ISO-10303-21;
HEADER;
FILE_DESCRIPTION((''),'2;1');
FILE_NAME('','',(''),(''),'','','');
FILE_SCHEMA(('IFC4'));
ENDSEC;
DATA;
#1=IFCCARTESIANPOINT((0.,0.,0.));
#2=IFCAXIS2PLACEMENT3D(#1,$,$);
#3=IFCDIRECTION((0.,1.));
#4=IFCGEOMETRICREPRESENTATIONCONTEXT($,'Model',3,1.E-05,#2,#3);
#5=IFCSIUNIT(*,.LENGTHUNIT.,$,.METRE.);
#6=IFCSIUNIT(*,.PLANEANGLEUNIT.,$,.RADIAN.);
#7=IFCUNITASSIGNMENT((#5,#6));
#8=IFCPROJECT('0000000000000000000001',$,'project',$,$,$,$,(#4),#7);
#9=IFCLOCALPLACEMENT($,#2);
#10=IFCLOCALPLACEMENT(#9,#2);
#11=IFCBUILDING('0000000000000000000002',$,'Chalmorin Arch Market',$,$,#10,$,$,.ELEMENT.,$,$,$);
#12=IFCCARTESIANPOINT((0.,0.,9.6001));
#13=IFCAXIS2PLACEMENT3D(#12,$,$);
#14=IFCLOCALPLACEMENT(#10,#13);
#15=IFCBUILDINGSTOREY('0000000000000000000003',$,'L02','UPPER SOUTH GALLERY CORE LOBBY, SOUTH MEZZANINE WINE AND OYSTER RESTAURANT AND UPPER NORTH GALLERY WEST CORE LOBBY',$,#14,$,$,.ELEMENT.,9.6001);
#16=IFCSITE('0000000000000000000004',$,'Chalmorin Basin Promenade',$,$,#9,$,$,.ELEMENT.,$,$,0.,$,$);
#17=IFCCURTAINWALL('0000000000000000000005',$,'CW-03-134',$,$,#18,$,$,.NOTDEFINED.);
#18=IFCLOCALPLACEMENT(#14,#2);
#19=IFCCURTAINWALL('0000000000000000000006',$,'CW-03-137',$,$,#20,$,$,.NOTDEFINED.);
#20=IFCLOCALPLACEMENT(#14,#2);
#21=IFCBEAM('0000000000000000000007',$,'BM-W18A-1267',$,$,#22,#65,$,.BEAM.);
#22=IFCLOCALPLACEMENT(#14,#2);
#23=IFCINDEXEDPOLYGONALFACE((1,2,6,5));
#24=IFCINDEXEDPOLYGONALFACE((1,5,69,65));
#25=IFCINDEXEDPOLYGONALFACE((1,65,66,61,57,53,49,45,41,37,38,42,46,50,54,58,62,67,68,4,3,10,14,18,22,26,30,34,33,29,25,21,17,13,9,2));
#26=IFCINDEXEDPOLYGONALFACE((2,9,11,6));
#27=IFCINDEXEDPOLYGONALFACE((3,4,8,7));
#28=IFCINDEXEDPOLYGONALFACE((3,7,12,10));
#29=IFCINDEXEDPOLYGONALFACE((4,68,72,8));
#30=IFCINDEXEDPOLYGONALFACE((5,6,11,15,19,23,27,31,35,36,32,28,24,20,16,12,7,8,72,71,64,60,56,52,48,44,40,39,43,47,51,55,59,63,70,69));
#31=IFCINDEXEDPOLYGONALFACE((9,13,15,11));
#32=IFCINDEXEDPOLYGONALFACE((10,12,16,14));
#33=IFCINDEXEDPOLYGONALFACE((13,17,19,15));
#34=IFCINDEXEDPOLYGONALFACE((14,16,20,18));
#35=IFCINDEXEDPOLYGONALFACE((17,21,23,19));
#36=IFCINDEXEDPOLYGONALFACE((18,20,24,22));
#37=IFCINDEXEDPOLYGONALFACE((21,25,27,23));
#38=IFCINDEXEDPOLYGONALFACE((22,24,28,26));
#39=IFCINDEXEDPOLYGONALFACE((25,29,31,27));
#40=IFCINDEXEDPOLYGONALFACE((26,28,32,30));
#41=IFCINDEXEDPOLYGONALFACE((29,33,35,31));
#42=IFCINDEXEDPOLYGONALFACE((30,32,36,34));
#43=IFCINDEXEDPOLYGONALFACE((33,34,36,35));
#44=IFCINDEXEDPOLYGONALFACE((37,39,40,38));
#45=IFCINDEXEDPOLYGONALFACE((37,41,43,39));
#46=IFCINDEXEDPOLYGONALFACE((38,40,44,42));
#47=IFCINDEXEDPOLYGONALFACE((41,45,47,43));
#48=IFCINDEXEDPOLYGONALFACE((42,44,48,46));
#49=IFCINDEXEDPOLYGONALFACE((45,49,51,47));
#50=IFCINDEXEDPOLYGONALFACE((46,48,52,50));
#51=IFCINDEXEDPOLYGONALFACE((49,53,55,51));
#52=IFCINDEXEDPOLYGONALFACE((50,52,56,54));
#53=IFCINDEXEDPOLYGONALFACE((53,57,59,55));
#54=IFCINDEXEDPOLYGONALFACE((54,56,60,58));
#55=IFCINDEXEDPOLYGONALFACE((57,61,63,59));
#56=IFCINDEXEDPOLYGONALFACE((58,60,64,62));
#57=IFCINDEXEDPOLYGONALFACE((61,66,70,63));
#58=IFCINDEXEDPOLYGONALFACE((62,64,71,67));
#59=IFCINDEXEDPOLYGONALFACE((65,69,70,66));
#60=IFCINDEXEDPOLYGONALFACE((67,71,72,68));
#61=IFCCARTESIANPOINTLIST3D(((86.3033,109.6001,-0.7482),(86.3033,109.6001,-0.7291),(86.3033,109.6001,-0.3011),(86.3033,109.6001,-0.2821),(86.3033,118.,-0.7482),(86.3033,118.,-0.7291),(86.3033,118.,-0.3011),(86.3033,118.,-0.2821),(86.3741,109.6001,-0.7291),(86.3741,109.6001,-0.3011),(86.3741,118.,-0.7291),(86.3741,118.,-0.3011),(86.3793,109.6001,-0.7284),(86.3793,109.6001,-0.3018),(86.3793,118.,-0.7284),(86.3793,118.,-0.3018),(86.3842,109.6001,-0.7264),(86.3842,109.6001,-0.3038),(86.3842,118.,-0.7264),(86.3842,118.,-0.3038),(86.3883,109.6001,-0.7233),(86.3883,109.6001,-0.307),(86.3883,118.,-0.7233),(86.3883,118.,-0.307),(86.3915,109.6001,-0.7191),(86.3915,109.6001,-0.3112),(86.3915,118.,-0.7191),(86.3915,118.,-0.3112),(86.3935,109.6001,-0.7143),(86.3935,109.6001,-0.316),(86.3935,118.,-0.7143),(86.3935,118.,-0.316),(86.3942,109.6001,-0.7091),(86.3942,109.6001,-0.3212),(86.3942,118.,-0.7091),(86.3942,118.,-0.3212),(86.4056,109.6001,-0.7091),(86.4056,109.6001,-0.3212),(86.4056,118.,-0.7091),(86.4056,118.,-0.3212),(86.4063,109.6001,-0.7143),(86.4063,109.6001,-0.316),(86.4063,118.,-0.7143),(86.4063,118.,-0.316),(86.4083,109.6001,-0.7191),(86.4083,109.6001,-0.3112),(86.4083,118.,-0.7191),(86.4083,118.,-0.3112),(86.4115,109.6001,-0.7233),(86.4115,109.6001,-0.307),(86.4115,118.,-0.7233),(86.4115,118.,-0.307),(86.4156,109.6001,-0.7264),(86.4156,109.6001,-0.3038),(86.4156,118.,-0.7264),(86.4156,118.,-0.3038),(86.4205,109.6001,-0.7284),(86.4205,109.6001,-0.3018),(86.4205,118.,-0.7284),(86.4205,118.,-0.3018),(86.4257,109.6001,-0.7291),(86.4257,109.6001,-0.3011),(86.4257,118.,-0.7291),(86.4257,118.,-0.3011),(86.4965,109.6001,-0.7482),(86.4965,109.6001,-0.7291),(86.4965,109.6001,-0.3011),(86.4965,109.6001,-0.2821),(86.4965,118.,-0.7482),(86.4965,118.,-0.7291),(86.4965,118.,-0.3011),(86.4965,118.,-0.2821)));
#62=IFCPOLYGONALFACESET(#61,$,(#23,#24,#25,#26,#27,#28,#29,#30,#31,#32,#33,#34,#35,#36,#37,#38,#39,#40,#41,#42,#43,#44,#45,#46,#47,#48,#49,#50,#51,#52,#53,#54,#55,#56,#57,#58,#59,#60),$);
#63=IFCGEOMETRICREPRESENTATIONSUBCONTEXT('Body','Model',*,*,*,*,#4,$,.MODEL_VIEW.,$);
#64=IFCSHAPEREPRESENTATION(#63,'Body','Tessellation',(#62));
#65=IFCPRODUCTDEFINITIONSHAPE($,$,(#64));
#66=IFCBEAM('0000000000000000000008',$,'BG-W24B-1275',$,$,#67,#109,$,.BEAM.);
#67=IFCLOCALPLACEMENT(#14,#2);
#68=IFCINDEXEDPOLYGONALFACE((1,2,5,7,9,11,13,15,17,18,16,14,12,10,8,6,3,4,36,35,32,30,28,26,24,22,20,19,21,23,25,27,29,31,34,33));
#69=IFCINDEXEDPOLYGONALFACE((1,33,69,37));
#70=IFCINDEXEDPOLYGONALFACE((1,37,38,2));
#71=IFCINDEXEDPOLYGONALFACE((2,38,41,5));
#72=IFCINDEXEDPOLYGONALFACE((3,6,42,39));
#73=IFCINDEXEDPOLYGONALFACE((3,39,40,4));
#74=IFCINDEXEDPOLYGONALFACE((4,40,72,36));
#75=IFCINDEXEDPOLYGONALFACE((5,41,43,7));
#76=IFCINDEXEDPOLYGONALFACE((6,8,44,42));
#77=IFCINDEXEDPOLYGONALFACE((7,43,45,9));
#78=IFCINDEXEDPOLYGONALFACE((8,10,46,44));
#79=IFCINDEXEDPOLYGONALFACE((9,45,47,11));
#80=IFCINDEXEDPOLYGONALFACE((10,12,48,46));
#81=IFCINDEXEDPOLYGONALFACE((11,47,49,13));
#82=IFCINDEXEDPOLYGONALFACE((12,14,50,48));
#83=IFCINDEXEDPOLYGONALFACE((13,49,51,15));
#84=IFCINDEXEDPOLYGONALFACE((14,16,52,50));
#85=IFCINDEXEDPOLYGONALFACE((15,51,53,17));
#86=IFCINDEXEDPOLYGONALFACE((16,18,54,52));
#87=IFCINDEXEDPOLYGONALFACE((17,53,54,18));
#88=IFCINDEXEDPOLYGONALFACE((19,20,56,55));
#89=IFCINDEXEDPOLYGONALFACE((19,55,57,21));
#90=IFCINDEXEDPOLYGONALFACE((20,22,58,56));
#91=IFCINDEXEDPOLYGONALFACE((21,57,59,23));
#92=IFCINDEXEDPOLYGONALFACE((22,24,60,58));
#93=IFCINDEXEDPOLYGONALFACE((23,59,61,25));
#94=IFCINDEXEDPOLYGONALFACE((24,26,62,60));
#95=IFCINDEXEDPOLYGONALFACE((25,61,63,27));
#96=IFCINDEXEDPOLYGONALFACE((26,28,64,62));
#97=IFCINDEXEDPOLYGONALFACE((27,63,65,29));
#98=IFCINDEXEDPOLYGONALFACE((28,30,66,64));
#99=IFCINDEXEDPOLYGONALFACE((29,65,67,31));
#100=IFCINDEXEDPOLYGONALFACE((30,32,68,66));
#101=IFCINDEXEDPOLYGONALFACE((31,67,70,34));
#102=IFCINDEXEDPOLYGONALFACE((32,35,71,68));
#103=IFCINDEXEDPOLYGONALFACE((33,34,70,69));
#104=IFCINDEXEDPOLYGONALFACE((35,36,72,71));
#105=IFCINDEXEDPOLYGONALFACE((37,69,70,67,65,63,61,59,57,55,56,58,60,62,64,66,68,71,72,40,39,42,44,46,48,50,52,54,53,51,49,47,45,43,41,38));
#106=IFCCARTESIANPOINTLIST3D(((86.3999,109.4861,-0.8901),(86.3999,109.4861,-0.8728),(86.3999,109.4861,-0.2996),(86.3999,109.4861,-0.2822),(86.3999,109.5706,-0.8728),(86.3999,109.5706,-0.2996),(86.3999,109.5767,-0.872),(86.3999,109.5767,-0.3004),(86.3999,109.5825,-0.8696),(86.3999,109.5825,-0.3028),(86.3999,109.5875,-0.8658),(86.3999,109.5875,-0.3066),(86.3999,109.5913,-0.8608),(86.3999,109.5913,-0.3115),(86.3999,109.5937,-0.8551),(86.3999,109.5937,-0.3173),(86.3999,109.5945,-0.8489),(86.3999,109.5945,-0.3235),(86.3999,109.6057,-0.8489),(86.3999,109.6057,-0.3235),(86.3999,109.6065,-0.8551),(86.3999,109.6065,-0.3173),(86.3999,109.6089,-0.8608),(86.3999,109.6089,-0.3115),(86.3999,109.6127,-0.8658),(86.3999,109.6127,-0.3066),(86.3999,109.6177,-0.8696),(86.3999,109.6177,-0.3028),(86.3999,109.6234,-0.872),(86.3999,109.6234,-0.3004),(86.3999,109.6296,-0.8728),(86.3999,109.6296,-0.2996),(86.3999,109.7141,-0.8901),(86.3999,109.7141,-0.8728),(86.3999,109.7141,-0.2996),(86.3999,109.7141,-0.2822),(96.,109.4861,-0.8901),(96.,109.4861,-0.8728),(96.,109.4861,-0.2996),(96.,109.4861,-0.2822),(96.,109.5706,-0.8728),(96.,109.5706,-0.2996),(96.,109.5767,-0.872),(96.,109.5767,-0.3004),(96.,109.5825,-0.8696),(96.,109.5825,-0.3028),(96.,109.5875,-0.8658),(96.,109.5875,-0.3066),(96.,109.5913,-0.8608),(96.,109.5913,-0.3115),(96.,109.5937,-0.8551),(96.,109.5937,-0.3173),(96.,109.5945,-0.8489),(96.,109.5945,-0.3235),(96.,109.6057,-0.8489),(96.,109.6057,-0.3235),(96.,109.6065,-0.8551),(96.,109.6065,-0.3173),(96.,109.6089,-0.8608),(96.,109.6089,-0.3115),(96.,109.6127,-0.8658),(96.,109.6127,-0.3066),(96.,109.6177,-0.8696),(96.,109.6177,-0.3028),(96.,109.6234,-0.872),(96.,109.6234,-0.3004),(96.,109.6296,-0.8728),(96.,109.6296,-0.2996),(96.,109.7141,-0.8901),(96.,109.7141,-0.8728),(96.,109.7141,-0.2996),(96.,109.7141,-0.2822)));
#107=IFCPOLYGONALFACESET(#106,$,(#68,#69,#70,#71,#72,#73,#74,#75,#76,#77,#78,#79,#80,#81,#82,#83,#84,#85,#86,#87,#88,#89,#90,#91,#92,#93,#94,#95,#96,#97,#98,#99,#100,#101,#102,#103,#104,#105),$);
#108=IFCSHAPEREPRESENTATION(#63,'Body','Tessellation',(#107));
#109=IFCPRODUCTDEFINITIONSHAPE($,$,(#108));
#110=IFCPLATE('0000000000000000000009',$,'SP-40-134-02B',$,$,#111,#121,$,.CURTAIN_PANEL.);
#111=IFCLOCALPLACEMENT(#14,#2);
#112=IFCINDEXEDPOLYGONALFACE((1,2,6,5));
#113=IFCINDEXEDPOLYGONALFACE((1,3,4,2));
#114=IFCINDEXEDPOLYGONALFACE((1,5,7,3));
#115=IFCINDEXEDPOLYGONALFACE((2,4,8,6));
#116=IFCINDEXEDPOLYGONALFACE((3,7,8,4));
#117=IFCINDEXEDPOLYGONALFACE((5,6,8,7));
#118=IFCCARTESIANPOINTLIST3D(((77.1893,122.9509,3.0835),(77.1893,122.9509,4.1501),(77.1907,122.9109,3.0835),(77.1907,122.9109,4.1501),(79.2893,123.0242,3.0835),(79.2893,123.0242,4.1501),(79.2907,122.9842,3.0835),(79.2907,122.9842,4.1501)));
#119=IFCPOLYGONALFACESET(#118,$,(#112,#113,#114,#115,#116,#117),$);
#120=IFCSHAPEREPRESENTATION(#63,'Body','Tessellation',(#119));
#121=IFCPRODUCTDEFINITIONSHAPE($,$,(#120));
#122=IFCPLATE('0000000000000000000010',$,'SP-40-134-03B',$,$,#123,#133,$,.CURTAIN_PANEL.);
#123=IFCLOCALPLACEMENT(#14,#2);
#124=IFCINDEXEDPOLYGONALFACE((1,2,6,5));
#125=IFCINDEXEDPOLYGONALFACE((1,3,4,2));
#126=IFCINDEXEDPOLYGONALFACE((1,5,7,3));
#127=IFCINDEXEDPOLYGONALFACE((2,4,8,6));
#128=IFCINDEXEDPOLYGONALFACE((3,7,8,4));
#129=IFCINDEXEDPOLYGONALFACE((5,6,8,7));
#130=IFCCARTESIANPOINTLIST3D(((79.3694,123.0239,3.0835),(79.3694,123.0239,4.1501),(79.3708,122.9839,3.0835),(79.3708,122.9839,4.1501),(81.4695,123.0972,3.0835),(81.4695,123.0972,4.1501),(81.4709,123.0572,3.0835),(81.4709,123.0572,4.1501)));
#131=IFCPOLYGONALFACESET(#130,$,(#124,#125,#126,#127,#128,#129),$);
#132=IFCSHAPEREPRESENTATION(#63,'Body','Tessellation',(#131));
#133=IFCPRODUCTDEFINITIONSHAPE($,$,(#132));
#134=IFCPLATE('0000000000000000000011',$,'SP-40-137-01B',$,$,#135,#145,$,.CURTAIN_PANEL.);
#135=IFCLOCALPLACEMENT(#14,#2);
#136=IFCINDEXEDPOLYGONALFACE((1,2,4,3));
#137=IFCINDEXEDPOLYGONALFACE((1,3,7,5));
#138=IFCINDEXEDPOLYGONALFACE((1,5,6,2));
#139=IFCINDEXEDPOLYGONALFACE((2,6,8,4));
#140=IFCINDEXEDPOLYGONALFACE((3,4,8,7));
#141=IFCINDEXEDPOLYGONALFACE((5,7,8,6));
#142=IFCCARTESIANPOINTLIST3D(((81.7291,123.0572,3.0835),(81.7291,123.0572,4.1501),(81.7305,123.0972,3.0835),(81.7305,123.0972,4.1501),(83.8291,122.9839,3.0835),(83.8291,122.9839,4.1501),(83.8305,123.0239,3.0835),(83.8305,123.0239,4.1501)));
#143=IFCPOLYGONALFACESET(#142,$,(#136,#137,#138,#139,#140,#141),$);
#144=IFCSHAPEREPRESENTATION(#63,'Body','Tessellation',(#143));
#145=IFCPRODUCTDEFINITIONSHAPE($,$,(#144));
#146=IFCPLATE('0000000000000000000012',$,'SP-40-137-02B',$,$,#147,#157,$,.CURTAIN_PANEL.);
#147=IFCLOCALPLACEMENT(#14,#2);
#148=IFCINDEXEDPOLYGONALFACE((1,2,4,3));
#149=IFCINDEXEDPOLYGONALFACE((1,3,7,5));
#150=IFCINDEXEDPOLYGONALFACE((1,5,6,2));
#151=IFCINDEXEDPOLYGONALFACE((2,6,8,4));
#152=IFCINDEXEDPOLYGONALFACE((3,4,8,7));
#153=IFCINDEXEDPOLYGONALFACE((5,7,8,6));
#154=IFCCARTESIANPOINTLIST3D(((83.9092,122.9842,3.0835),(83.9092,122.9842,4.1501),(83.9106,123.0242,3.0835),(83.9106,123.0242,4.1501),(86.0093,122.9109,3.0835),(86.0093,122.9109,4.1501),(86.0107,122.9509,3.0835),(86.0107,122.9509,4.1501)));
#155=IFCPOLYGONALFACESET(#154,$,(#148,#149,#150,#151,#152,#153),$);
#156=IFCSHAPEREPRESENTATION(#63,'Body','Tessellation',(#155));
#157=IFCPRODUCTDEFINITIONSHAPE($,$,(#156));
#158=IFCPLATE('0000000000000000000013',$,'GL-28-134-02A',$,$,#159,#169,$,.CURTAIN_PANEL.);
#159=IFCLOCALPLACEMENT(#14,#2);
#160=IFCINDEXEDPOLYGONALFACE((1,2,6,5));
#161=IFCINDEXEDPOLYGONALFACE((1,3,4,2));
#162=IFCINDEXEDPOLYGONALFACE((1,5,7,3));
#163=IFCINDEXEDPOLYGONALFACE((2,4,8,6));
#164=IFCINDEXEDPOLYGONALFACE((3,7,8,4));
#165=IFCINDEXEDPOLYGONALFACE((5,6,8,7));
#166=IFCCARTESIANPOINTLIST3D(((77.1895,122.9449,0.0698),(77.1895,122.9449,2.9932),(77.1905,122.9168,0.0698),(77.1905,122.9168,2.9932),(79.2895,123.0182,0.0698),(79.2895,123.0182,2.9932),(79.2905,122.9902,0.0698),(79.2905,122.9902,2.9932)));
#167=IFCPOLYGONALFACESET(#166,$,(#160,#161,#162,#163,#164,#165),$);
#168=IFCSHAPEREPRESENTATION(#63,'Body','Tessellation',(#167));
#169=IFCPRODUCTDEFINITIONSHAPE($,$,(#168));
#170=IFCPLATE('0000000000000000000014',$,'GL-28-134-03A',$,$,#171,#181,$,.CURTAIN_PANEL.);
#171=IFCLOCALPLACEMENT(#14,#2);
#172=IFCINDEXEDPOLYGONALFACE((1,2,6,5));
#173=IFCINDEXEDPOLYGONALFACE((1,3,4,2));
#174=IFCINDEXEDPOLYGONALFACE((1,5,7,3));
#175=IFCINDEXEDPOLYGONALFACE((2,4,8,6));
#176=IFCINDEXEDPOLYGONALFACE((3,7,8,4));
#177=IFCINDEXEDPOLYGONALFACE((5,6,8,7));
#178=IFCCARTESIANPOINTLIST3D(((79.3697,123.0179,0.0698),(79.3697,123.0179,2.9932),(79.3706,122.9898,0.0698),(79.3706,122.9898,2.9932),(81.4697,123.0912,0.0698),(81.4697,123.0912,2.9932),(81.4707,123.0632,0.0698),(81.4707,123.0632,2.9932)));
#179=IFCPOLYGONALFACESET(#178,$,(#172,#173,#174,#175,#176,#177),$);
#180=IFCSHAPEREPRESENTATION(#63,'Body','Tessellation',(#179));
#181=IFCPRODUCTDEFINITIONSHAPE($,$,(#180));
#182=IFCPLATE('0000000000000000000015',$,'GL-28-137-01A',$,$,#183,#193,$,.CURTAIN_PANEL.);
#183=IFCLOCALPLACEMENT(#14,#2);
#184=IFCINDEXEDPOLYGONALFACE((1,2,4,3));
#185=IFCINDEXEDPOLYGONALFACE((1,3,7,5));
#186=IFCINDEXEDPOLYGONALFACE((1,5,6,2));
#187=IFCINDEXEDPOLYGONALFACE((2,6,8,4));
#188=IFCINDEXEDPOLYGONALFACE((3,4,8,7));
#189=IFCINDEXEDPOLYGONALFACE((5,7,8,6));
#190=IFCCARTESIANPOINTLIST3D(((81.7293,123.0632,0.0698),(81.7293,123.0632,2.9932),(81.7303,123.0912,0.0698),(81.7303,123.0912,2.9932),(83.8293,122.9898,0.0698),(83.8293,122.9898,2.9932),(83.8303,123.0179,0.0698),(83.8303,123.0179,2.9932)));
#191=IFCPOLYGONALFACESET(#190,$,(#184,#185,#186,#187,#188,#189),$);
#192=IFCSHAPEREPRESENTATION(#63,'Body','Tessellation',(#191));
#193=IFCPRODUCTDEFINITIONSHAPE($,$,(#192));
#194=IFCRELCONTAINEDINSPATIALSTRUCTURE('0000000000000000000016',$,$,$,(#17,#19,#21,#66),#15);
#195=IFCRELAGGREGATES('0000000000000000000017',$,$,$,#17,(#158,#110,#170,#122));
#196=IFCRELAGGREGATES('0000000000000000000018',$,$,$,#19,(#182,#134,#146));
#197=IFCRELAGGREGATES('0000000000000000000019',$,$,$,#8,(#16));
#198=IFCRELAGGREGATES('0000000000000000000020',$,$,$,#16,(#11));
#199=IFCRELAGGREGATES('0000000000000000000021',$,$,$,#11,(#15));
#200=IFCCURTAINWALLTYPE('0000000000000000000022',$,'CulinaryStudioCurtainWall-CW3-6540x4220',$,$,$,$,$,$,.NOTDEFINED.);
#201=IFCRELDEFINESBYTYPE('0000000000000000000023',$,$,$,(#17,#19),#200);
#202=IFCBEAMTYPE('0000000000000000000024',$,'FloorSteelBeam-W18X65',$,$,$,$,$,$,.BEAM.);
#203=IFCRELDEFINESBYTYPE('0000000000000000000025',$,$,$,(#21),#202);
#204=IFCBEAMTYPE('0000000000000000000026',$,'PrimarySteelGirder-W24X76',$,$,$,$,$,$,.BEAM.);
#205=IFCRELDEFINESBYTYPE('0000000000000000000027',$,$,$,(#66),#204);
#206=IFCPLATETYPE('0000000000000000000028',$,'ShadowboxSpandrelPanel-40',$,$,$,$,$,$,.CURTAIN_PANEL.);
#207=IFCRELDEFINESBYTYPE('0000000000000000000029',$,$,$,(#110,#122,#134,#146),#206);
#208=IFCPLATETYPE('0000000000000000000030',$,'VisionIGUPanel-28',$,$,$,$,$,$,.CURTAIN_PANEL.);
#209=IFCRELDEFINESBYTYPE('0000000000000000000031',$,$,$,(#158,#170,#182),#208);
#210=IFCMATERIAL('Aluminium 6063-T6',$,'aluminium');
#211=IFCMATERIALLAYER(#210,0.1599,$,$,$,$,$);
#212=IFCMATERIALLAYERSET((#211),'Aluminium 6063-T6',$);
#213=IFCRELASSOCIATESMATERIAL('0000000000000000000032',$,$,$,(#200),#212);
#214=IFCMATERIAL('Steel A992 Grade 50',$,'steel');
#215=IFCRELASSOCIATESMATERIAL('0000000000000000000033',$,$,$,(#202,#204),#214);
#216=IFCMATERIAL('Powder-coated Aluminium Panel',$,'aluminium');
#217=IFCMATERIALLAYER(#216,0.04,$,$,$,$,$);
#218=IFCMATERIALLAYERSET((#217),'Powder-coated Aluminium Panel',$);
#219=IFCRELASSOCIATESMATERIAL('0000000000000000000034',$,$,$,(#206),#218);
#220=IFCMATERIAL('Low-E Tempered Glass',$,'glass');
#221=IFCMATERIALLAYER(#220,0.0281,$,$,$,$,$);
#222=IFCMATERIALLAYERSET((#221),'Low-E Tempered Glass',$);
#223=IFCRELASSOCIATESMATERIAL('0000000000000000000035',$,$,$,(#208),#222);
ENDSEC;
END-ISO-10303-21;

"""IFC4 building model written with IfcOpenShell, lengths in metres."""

from ifc_helpers import new_model, si_unit, direction, frame, origin, origin_2d, place, context, subcontext, project, spatial, rectangle, i_section, extrude, material, layer, layer_set, material_profile, profile_set, type_object, element, aggregate, save


model = new_model("IFC4")

# Units and contexts
model_context = context("Model", 3, precision=1e-05, world=origin(), true_north=direction((0.0, 1.0)))
body_context = subcontext(model_context, "Body", "Model", "MODEL_VIEW")
ifc_project = project(units=[si_unit("LENGTHUNIT", "METRE"), si_unit("PLANEANGLEUNIT", "RADIAN")], contexts=[model_context])

# Site, building, storey
site_placement = place(None, origin())
site = spatial("IfcSite", under=ifc_project, at=site_placement, Name="Chalmorin Basin Promenade", CompositionType="ELEMENT", RefElevation=0.0)
building_placement = place(site_placement, origin())
building = spatial("IfcBuilding", under=site, at=building_placement, Name="Chalmorin Arch Market", CompositionType="ELEMENT")
storey_placement = place(building_placement, frame((0.0, 0.0, 9.6001)))
storey = spatial("IfcBuildingStorey", under=building, at=storey_placement, Name="L02", Description="UPPER SOUTH GALLERY CORE LOBBY, SOUTH MEZZANINE WINE AND OYSTER RESTAURANT AND UPPER NORTH GALLERY WEST CORE LOBBY", CompositionType="ELEMENT", Elevation=9.6001)

# Curtain walls
ifc_material_1 = material(Name="Aluminium 6063-T6", Category="aluminium")
ifc_layer_1 = layer(ifc_material_1, 0.1599)
ifc_layer_set_1 = layer_set([ifc_layer_1], Name="Aluminium 6063-T6")
curtain_wall_type = type_object("IfcCurtainWallType", Name="CulinaryStudioCurtainWall-CW3-6540x4220", PredefinedType="NOTDEFINED", material=ifc_layer_set_1)
curtain_wall_1_placement = place(storey_placement, origin())
curtain_wall_1 = element("IfcCurtainWall", 1, at=curtain_wall_1_placement, inside=storey, type_object=curtain_wall_type, Name="CW-03-134", PredefinedType="NOTDEFINED")
curtain_wall_2_placement = place(storey_placement, origin())
curtain_wall_2 = element("IfcCurtainWall", 2, at=curtain_wall_2_placement, inside=storey, type_object=curtain_wall_type, Name="CW-03-137", PredefinedType="NOTDEFINED")

# Beams
ifc_material_2 = material(Name="Steel A992 Grade 50", Category="steel")
ifc_material_profile_1 = material_profile(ifc_material_2, i_section(OverallWidth=0.1931, OverallDepth=0.4661, WebThickness=0.0115, FlangeThickness=0.019, FilletRadius=0.02, at=origin_2d()), Name="W18X65")
ifc_profile_set_1 = profile_set([ifc_material_profile_1], Name="Steel A992 Grade 50")
beam_type_1 = type_object("IfcBeamType", Name="FloorSteelBeam-W18X65", PredefinedType="BEAM", material=ifc_profile_set_1)
beam_1_placement = place(storey_placement, frame((86.3999, 109.6001, -0.5151), z_axis=(0.0, 1.0, 0.0), x_axis=(-1.0, 0.0, 0.0)))
element("IfcBeam", 3, at=beam_1_placement, inside=storey, type_object=beam_type_1, Name="BM-W18A-1267", PredefinedType="BEAM", context=body_context, shape_type="SweptSolid", body=[
    extrude(i_section(OverallWidth=0.1931, OverallDepth=0.4661, WebThickness=0.0115, FlangeThickness=0.019, FilletRadius=0.02, at=origin_2d()), origin(), (0.0, 0.0, 1.0), 8.3999),
])
ifc_material_profile_2 = material_profile(ifc_material_2, i_section(OverallWidth=0.228, OverallDepth=0.6079, WebThickness=0.0112, FlangeThickness=0.0173, FilletRadius=0.0239, at=origin_2d()), Name="W24X76")
ifc_profile_set_2 = profile_set([ifc_material_profile_2], Name="Steel A992 Grade 50")
beam_type_2 = type_object("IfcBeamType", Name="PrimarySteelGirder-W24X76", PredefinedType="BEAM", material=ifc_profile_set_2)
beam_2_placement = place(storey_placement, frame((86.3999, 109.6001, -0.5862), z_axis=(1.0, 0.0, 0.0), x_axis=(0.0, 1.0, 0.0)))
element("IfcBeam", 4, at=beam_2_placement, inside=storey, type_object=beam_type_2, Name="BG-W24B-1275", PredefinedType="BEAM", context=body_context, shape_type="SweptSolid", body=[
    extrude(i_section(OverallWidth=0.228, OverallDepth=0.6079, WebThickness=0.0112, FlangeThickness=0.0173, FilletRadius=0.0239, at=origin_2d()), origin(), (0.0, 0.0, 1.0), 9.6001),
])

# Plates
ifc_material_3 = material(Name="Powder-coated Aluminium Panel", Category="aluminium")
ifc_layer_2 = layer(ifc_material_3, 0.04)
ifc_layer_set_2 = layer_set([ifc_layer_2], Name="Powder-coated Aluminium Panel")
plate_type_1 = type_object("IfcPlateType", Name="ShadowboxSpandrelPanel-40", PredefinedType="CURTAIN_PANEL", material=ifc_layer_set_2)
plate_1_placement = place(storey_placement, frame((78.24, 122.9675, 3.0835), z_axis=(0.0, 0.0, 1.0), x_axis=(0.999391, 0.034899, 0.0)))
plate_1 = element("IfcPlate", 5, at=plate_1_placement, type_object=plate_type_1, Name="SP-40-134-02B", PredefinedType="CURTAIN_PANEL", context=body_context, shape_type="SweptSolid", body=[
    extrude(rectangle(XDim=2.1013, YDim=0.04, at=origin_2d()), origin(), (0.0, 0.0, 1.0), 1.0667),
])
plate_2_placement = place(storey_placement, frame((80.4202, 123.0405, 3.0835), z_axis=(0.0, 0.0, 1.0), x_axis=(0.999391, 0.034899, 0.0)))
plate_2 = element("IfcPlate", 6, at=plate_2_placement, type_object=plate_type_1, Name="SP-40-134-03B", PredefinedType="CURTAIN_PANEL", context=body_context, shape_type="SweptSolid", body=[
    extrude(rectangle(XDim=2.1013, YDim=0.04, at=origin_2d()), origin(), (0.0, 0.0, 1.0), 1.0667),
])
plate_3_placement = place(storey_placement, frame((82.7798, 123.0405, 3.0835), z_axis=(0.0, 0.0, 1.0), x_axis=(0.999391, -0.034899, 0.0)))
plate_3 = element("IfcPlate", 7, at=plate_3_placement, type_object=plate_type_1, Name="SP-40-137-01B", PredefinedType="CURTAIN_PANEL", context=body_context, shape_type="SweptSolid", body=[
    extrude(rectangle(XDim=2.1013, YDim=0.04, at=origin_2d()), origin(), (0.0, 0.0, 1.0), 1.0667),
])
plate_4_placement = place(storey_placement, frame((84.96, 122.9675, 3.0835), z_axis=(0.0, 0.0, 1.0), x_axis=(0.999391, -0.034899, 0.0)))
plate_4 = element("IfcPlate", 8, at=plate_4_placement, type_object=plate_type_1, Name="SP-40-137-02B", PredefinedType="CURTAIN_PANEL", context=body_context, shape_type="SweptSolid", body=[
    extrude(rectangle(XDim=2.1013, YDim=0.04, at=origin_2d()), origin(), (0.0, 0.0, 1.0), 1.0667),
])
ifc_material_4 = material(Name="Low-E Tempered Glass", Category="glass")
ifc_layer_3 = layer(ifc_material_4, 0.0281)
ifc_layer_set_3 = layer_set([ifc_layer_3], Name="Low-E Tempered Glass")
plate_type_2 = type_object("IfcPlateType", Name="VisionIGUPanel-28", PredefinedType="CURTAIN_PANEL", material=ifc_layer_set_3)
plate_5_placement = place(storey_placement, frame((78.24, 122.9675, 0.0698), z_axis=(0.0, 0.0, 1.0), x_axis=(0.999391, 0.034899, 0.0)))
plate_5 = element("IfcPlate", 9, at=plate_5_placement, type_object=plate_type_2, Name="GL-28-134-02A", PredefinedType="CURTAIN_PANEL", context=body_context, shape_type="SweptSolid", body=[
    extrude(rectangle(XDim=2.1013, YDim=0.0281, at=origin_2d()), origin(), (0.0, 0.0, 1.0), 2.9233),
])
plate_6_placement = place(storey_placement, frame((80.4202, 123.0405, 0.0698), z_axis=(0.0, 0.0, 1.0), x_axis=(0.999391, 0.034899, 0.0)))
plate_6 = element("IfcPlate", 10, at=plate_6_placement, type_object=plate_type_2, Name="GL-28-134-03A", PredefinedType="CURTAIN_PANEL", context=body_context, shape_type="SweptSolid", body=[
    extrude(rectangle(XDim=2.1013, YDim=0.0281, at=origin_2d()), origin(), (0.0, 0.0, 1.0), 2.9233),
])
aggregate(curtain_wall_1, [plate_5, plate_1, plate_6, plate_2])
plate_7_placement = place(storey_placement, frame((82.7798, 123.0405, 0.0698), z_axis=(0.0, 0.0, 1.0), x_axis=(0.999391, -0.034899, 0.0)))
plate_7 = element("IfcPlate", 11, at=plate_7_placement, type_object=plate_type_2, Name="GL-28-137-01A", PredefinedType="CURTAIN_PANEL", context=body_context, shape_type="SweptSolid", body=[
    extrude(rectangle(XDim=2.1013, YDim=0.0281, at=origin_2d()), origin(), (0.0, 0.0, 1.0), 2.9233),
])
aggregate(curtain_wall_2, [plate_7, plate_3, plate_4])

save(model, "model.ifc")
